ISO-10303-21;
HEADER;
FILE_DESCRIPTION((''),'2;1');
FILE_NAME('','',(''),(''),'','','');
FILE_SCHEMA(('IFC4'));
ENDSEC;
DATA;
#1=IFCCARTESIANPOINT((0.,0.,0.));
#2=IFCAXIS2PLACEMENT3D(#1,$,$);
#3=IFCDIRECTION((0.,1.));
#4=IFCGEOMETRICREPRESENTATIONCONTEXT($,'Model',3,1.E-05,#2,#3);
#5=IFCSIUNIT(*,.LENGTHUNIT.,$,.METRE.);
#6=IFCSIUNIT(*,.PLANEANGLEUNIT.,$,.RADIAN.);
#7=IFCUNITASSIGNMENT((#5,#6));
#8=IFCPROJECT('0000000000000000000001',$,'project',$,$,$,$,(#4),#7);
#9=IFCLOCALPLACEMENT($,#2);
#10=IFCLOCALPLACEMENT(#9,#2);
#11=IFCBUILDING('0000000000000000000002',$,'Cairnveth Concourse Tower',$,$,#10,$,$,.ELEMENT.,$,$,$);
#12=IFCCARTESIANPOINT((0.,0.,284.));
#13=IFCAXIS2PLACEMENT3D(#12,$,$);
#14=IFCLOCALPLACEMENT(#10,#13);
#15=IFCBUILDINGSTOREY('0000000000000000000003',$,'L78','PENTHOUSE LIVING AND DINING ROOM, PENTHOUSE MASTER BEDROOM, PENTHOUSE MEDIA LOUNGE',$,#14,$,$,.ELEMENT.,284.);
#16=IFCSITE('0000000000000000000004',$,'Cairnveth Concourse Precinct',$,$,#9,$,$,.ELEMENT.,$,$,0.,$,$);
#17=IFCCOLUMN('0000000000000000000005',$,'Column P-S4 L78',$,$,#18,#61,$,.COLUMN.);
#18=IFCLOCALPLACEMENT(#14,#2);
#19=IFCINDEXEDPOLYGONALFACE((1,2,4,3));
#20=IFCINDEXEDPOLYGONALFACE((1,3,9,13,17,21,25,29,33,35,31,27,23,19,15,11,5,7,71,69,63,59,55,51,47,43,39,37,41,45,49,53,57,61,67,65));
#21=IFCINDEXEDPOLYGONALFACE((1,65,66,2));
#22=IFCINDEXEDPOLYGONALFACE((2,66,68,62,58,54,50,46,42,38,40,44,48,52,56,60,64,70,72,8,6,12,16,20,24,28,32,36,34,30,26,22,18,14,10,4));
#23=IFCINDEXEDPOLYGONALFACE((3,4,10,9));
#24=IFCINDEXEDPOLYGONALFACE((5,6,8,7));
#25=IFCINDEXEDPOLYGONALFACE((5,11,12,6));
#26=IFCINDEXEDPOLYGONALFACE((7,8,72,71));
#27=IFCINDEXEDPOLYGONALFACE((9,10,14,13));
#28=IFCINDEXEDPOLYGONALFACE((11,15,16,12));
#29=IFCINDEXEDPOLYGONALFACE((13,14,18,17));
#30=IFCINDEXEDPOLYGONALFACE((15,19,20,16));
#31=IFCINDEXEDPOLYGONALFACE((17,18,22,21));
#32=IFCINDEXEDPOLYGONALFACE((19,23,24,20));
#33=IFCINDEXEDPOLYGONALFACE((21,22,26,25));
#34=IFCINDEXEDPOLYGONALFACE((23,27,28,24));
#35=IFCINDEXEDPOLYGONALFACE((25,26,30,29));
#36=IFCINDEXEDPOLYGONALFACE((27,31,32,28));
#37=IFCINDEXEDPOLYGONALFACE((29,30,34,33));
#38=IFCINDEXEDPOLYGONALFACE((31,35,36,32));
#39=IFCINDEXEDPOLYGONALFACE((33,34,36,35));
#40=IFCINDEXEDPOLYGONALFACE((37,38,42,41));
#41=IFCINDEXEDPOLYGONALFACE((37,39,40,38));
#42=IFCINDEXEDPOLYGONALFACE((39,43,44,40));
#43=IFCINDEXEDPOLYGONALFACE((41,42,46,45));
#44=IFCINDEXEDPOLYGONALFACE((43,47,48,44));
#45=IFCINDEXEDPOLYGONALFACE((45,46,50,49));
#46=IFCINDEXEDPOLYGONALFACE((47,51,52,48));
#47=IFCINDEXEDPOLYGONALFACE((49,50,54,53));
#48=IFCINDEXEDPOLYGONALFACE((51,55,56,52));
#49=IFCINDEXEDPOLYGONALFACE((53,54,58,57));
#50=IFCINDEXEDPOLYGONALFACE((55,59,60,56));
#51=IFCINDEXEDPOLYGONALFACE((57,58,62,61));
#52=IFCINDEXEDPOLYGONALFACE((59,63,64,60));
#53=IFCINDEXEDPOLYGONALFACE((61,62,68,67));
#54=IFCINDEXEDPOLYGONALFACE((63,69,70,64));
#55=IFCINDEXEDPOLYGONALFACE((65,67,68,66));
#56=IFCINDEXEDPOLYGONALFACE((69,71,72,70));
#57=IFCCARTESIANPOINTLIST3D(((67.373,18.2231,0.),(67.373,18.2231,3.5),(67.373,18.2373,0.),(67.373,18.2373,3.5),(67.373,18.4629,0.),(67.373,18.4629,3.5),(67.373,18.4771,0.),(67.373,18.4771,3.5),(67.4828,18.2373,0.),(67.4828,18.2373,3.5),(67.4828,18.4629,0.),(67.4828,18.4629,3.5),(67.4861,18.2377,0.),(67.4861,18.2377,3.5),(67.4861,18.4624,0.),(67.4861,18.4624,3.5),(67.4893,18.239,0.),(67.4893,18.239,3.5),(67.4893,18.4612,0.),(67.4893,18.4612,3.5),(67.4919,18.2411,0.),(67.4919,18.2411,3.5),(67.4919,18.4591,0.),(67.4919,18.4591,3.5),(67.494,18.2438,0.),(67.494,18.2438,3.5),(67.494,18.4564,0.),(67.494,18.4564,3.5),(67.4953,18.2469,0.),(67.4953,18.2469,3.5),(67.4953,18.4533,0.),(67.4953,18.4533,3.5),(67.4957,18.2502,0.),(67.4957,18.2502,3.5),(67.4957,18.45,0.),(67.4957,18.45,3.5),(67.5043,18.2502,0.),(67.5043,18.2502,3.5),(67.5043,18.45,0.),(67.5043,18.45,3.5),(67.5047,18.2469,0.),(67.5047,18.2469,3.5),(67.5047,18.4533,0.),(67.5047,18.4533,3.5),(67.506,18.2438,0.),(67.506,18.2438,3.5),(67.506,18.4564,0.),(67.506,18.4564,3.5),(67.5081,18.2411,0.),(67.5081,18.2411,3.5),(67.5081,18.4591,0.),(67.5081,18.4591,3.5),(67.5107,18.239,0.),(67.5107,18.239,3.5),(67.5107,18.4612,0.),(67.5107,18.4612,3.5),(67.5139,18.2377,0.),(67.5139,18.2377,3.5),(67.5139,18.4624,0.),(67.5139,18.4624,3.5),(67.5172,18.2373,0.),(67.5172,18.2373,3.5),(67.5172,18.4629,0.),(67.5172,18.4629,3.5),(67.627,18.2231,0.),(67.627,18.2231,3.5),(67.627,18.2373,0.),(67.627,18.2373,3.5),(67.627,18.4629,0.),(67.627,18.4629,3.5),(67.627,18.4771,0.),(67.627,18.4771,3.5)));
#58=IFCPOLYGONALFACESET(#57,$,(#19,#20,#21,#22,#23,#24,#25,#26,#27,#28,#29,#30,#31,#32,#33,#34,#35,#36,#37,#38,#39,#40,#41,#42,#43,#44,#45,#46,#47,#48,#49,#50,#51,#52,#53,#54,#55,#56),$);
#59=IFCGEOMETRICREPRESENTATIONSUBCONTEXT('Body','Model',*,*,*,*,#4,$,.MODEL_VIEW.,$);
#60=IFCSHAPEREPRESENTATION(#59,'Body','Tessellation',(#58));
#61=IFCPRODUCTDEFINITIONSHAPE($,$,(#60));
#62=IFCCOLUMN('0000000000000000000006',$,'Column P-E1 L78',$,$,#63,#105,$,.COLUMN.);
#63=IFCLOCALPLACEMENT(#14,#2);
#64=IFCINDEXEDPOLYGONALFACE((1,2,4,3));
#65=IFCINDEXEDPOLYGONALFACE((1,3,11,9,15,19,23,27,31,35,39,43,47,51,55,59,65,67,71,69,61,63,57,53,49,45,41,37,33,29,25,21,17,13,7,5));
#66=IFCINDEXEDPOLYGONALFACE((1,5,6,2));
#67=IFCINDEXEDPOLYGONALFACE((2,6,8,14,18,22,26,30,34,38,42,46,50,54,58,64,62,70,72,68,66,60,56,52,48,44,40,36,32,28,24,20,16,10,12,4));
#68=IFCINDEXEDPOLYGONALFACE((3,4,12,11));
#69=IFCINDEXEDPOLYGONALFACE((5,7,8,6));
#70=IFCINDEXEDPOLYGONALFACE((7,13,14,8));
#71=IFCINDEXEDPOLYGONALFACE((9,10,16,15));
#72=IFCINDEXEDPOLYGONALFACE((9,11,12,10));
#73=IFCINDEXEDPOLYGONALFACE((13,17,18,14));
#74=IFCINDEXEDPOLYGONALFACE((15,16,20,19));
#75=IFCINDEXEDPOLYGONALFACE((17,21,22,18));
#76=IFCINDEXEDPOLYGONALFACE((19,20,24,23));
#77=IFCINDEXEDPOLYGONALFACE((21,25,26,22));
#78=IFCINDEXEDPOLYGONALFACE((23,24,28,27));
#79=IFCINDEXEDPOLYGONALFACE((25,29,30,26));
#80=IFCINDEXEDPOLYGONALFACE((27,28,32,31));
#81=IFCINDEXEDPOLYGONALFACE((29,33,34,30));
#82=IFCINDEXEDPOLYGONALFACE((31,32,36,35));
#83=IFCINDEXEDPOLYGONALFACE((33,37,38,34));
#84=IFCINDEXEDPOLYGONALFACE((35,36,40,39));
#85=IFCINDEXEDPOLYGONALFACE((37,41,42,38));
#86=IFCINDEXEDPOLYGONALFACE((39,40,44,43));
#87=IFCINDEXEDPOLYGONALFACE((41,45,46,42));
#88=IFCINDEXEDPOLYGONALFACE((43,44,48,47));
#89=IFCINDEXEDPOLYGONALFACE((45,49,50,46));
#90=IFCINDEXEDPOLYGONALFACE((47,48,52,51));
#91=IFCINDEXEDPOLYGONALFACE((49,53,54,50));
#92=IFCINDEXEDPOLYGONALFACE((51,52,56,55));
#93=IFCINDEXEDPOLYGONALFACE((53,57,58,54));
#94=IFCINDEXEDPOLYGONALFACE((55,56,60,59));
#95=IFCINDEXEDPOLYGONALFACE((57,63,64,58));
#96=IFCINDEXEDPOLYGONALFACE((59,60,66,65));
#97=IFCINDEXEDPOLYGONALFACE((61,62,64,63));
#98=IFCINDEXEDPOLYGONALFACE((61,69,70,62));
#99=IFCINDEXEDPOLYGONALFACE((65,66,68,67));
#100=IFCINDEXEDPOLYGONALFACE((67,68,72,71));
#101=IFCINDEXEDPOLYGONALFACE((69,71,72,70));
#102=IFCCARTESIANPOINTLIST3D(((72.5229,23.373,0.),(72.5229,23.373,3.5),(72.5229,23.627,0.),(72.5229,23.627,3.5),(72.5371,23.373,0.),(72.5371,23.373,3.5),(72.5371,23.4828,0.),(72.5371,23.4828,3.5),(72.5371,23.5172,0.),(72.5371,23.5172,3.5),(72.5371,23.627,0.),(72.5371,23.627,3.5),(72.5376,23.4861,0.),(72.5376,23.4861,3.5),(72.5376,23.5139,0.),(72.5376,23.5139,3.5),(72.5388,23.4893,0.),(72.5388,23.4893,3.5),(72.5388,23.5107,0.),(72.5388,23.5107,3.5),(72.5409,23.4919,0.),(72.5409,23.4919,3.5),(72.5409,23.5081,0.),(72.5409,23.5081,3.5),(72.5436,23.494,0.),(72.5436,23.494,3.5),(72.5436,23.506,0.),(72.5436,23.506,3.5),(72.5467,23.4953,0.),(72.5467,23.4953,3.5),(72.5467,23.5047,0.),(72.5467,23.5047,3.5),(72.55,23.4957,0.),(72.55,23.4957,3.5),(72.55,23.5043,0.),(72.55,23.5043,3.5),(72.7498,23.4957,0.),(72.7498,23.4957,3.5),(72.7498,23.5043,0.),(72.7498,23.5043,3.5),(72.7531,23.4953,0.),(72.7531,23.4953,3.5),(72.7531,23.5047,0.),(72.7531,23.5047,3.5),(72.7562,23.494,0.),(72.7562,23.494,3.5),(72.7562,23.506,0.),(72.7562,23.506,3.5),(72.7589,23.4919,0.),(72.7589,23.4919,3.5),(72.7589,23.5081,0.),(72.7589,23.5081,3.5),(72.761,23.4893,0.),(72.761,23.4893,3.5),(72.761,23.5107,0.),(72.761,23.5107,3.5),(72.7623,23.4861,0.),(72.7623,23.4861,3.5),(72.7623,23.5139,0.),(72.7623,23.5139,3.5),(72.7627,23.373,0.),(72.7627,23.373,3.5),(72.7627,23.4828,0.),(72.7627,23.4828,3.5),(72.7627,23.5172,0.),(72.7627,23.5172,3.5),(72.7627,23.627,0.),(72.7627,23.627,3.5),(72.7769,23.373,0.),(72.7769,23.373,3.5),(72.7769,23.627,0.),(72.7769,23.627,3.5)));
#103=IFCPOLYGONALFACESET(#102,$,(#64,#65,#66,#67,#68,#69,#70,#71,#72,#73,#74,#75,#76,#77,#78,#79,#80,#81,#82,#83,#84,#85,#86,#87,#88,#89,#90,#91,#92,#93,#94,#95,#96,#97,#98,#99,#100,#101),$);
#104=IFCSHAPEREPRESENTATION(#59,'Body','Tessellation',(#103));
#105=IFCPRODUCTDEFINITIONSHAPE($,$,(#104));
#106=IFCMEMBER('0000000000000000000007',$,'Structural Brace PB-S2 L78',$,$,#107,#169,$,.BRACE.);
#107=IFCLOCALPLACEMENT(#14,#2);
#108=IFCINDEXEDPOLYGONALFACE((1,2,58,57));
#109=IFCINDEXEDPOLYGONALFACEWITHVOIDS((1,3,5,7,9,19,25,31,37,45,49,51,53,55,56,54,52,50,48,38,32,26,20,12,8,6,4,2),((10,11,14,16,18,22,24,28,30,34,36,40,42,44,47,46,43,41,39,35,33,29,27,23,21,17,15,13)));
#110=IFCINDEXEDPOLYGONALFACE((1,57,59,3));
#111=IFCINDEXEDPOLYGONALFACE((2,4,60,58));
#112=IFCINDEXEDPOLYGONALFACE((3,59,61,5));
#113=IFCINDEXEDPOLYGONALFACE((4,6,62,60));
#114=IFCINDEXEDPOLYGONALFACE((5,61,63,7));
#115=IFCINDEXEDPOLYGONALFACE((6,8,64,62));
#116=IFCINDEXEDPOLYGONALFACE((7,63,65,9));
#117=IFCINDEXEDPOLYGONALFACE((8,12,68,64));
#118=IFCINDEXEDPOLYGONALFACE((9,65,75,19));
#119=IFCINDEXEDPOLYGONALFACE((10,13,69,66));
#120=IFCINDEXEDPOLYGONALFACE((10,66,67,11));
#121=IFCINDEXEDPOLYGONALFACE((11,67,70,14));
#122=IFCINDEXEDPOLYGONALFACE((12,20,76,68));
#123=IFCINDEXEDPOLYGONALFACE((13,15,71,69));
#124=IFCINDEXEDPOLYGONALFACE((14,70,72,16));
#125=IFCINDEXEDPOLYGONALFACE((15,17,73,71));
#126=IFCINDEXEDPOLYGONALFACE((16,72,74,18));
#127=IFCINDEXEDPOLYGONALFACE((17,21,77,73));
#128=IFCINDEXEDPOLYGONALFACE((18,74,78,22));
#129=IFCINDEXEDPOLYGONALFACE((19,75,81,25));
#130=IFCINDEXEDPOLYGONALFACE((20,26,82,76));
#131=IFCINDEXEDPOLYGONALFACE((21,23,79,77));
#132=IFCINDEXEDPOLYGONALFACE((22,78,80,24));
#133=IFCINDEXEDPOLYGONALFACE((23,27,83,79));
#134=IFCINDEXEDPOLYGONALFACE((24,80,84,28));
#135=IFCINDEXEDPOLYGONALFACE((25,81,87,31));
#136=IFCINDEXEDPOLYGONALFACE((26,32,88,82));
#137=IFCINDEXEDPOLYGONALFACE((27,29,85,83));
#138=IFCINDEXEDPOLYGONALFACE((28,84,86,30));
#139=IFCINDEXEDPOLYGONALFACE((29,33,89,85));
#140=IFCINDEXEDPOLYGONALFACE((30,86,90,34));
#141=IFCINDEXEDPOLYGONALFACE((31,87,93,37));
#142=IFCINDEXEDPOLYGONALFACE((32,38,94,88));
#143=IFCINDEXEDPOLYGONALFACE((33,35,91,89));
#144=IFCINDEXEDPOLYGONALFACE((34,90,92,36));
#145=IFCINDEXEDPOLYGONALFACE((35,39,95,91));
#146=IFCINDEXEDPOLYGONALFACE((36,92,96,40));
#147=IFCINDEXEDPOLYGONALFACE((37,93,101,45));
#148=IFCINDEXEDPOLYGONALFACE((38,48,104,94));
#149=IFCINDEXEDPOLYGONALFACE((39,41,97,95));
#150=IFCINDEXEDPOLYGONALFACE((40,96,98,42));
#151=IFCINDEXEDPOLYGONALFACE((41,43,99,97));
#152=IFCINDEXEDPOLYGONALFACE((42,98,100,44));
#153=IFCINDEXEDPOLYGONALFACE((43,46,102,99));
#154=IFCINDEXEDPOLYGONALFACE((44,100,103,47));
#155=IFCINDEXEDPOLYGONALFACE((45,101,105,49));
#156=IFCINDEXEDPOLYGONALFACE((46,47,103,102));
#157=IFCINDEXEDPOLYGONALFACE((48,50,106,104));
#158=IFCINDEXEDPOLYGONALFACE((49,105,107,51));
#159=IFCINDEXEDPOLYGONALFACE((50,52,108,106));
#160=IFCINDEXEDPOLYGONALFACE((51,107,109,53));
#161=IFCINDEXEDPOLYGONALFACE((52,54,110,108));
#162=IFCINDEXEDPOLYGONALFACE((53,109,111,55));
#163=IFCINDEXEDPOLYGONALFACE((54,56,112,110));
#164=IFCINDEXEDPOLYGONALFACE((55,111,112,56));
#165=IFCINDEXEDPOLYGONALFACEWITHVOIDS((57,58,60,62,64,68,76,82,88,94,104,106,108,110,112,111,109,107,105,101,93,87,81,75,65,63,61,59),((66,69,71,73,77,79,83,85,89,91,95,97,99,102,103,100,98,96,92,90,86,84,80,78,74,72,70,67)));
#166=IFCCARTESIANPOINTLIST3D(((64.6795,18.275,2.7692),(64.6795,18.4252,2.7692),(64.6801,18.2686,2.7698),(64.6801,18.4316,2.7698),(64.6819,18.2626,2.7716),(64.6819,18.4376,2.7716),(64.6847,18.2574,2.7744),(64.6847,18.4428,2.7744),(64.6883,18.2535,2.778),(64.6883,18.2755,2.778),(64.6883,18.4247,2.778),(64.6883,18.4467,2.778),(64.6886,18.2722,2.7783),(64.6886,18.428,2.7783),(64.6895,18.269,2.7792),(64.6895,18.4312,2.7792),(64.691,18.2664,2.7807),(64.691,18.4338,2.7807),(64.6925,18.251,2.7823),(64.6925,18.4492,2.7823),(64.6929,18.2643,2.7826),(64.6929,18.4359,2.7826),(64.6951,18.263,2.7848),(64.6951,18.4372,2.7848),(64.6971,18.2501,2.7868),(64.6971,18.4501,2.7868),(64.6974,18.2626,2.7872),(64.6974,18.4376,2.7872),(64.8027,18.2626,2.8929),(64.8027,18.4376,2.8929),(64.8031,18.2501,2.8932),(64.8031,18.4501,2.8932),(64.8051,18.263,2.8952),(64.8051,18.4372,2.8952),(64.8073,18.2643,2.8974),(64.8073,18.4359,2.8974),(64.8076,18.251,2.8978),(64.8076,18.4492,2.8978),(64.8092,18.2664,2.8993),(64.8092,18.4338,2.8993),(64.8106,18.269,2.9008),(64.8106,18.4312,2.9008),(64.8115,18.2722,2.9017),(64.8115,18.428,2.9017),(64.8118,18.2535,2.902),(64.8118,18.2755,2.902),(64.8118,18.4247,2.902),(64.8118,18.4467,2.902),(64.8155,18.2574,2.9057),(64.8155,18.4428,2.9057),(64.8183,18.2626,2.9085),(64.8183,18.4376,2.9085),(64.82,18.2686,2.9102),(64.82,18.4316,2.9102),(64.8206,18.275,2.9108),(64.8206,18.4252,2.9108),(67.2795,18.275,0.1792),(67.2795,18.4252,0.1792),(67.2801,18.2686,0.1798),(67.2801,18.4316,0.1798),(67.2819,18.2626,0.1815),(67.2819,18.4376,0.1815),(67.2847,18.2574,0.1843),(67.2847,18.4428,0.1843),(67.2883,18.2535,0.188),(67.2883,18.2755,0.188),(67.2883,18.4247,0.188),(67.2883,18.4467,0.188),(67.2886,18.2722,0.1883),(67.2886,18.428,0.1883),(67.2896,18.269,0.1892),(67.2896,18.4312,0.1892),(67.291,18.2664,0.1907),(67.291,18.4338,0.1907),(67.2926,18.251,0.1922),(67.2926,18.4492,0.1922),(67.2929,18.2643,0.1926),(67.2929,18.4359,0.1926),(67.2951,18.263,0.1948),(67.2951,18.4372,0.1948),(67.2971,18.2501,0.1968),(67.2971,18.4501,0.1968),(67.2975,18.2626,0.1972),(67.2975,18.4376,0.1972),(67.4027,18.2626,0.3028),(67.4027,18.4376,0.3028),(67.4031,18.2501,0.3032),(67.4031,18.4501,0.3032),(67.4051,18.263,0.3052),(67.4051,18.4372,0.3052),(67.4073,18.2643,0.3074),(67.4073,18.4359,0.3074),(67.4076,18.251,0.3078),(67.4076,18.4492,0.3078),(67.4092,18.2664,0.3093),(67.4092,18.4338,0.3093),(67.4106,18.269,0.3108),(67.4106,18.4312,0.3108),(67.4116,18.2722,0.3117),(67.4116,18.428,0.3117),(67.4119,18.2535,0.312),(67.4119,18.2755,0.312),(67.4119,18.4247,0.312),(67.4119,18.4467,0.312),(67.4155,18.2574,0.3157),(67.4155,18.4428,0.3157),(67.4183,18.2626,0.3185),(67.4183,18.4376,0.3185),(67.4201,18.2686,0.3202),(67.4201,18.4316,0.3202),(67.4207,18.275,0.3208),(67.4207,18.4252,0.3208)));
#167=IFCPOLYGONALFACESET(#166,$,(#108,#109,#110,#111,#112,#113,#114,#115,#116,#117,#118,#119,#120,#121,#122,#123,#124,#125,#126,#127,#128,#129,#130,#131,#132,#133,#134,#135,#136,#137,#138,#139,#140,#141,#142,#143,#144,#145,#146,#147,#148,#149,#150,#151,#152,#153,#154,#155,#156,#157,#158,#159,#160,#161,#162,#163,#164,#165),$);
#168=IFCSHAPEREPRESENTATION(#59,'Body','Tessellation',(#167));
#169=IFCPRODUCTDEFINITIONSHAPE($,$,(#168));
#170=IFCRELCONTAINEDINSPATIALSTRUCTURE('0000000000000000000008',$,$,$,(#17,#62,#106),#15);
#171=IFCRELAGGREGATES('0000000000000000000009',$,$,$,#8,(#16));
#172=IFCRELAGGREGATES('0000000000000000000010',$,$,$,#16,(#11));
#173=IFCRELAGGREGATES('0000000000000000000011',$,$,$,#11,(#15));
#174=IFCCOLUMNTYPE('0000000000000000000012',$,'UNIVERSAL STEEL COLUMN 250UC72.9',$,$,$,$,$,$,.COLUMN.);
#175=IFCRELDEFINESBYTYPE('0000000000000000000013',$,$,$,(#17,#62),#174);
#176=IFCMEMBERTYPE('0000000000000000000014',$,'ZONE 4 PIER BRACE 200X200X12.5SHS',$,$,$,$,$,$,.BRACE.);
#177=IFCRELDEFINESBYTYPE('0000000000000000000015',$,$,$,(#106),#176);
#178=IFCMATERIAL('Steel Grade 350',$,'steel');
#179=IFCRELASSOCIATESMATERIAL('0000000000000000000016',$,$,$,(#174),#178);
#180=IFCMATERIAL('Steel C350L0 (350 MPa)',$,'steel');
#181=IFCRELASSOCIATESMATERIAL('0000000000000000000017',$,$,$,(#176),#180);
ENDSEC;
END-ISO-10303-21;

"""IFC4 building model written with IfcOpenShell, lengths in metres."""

from ifc_helpers import new_model, si_unit, direction, frame, origin, origin_2d, place, context, subcontext, project, spatial, hollow_rectangle, i_section, extrude, material, material_profile, profile_set, type_object, element, save


model = new_model("IFC4")

# Units and contexts
model_context = context("Model", 3, precision=1e-05, world=origin(), true_north=direction((0.0, 1.0)))
body_context = subcontext(model_context, "Body", "Model", "MODEL_VIEW")
ifc_project = project(units=[si_unit("LENGTHUNIT", "METRE"), si_unit("PLANEANGLEUNIT", "RADIAN")], contexts=[model_context])

# Site, building, storey
site_placement = place(None, origin())
site = spatial("IfcSite", under=ifc_project, at=site_placement, Name="Cairnveth Concourse Precinct", CompositionType="ELEMENT", RefElevation=0.0)
building_placement = place(site_placement, origin())
building = spatial("IfcBuilding", under=site, at=building_placement, Name="Cairnveth Concourse Tower", CompositionType="ELEMENT")
storey_placement = place(building_placement, frame((0.0, 0.0, 284.0)))
storey = spatial("IfcBuildingStorey", under=building, at=storey_placement, Name="L78", Description="PENTHOUSE LIVING AND DINING ROOM, PENTHOUSE MASTER BEDROOM, PENTHOUSE MEDIA LOUNGE", CompositionType="ELEMENT", Elevation=284.0)

# Columns
ifc_material_1 = material(Name="Steel Grade 350", Category="steel")
ifc_material_profile_1 = material_profile(ifc_material_1, i_section(OverallWidth=0.2539, OverallDepth=0.2539, WebThickness=0.0085, FlangeThickness=0.0142, FilletRadius=0.0129, at=origin_2d()), Name="250UC72.9")
ifc_profile_set_1 = profile_set([ifc_material_profile_1], Name="Steel Grade 350")
column_type = type_object("IfcColumnType", Name="UNIVERSAL STEEL COLUMN 250UC72.9", PredefinedType="COLUMN", material=ifc_profile_set_1)
for number, where, z_axis, x_axis, name in (
    (1, (67.5, 18.3501, 0.0), (0.0, 0.0, 1.0), (1.0, 0.0, 0.0), "Column P-S4 L78"),
    (2, (72.6499, 23.5, 0.0), (0.0, 0.0, 1.0), (0.0, 1.0, 0.0), "Column P-E1 L78"),
):
    element("IfcColumn", number, at=place(storey_placement, frame(where, z_axis=z_axis, x_axis=x_axis)), inside=storey, type_object=column_type, Name=name, PredefinedType="COLUMN", context=body_context, shape_type="SweptSolid", body=[
        extrude(i_section(OverallWidth=0.2539, OverallDepth=0.2539, WebThickness=0.0085, FlangeThickness=0.0142, FilletRadius=0.0129, at=origin_2d()), origin(), (0.0, 0.0, 1.0), 3.5),
    ])

# Member
ifc_material_2 = material(Name="Steel C350L0 (350 MPa)", Category="steel")
ifc_material_profile_2 = material_profile(ifc_material_2, hollow_rectangle(XDim=0.2, YDim=0.2, WallThickness=0.0125, InnerFilletRadius=0.0129, OuterFilletRadius=0.0249, at=origin_2d()), Name="200x200x12.5SHS")
ifc_profile_set_2 = profile_set([ifc_material_profile_2], Name="Steel C350L0 (350 MPa)")
member_type = type_object("IfcMemberType", Name="ZONE 4 PIER BRACE 200X200X12.5SHS", PredefinedType="BRACE", material=ifc_profile_set_2)
member_placement = place(storey_placement, frame((67.3501, 18.3501, 0.25), z_axis=(-0.708469, 0.0, 0.705742), x_axis=(0.0, -1.0, 0.0)))
element("IfcMember", 3, at=member_placement, inside=storey, type_object=member_type, Name="Structural Brace PB-S2 L78", PredefinedType="BRACE", context=body_context, shape_type="SweptSolid", body=[
    extrude(hollow_rectangle(XDim=0.2, YDim=0.2, WallThickness=0.0125, InnerFilletRadius=0.0129, OuterFilletRadius=0.0249, at=origin_2d()), origin(), (0.0, 0.0, 1.0), 3.6699),
])

save(model, "model.ifc")
